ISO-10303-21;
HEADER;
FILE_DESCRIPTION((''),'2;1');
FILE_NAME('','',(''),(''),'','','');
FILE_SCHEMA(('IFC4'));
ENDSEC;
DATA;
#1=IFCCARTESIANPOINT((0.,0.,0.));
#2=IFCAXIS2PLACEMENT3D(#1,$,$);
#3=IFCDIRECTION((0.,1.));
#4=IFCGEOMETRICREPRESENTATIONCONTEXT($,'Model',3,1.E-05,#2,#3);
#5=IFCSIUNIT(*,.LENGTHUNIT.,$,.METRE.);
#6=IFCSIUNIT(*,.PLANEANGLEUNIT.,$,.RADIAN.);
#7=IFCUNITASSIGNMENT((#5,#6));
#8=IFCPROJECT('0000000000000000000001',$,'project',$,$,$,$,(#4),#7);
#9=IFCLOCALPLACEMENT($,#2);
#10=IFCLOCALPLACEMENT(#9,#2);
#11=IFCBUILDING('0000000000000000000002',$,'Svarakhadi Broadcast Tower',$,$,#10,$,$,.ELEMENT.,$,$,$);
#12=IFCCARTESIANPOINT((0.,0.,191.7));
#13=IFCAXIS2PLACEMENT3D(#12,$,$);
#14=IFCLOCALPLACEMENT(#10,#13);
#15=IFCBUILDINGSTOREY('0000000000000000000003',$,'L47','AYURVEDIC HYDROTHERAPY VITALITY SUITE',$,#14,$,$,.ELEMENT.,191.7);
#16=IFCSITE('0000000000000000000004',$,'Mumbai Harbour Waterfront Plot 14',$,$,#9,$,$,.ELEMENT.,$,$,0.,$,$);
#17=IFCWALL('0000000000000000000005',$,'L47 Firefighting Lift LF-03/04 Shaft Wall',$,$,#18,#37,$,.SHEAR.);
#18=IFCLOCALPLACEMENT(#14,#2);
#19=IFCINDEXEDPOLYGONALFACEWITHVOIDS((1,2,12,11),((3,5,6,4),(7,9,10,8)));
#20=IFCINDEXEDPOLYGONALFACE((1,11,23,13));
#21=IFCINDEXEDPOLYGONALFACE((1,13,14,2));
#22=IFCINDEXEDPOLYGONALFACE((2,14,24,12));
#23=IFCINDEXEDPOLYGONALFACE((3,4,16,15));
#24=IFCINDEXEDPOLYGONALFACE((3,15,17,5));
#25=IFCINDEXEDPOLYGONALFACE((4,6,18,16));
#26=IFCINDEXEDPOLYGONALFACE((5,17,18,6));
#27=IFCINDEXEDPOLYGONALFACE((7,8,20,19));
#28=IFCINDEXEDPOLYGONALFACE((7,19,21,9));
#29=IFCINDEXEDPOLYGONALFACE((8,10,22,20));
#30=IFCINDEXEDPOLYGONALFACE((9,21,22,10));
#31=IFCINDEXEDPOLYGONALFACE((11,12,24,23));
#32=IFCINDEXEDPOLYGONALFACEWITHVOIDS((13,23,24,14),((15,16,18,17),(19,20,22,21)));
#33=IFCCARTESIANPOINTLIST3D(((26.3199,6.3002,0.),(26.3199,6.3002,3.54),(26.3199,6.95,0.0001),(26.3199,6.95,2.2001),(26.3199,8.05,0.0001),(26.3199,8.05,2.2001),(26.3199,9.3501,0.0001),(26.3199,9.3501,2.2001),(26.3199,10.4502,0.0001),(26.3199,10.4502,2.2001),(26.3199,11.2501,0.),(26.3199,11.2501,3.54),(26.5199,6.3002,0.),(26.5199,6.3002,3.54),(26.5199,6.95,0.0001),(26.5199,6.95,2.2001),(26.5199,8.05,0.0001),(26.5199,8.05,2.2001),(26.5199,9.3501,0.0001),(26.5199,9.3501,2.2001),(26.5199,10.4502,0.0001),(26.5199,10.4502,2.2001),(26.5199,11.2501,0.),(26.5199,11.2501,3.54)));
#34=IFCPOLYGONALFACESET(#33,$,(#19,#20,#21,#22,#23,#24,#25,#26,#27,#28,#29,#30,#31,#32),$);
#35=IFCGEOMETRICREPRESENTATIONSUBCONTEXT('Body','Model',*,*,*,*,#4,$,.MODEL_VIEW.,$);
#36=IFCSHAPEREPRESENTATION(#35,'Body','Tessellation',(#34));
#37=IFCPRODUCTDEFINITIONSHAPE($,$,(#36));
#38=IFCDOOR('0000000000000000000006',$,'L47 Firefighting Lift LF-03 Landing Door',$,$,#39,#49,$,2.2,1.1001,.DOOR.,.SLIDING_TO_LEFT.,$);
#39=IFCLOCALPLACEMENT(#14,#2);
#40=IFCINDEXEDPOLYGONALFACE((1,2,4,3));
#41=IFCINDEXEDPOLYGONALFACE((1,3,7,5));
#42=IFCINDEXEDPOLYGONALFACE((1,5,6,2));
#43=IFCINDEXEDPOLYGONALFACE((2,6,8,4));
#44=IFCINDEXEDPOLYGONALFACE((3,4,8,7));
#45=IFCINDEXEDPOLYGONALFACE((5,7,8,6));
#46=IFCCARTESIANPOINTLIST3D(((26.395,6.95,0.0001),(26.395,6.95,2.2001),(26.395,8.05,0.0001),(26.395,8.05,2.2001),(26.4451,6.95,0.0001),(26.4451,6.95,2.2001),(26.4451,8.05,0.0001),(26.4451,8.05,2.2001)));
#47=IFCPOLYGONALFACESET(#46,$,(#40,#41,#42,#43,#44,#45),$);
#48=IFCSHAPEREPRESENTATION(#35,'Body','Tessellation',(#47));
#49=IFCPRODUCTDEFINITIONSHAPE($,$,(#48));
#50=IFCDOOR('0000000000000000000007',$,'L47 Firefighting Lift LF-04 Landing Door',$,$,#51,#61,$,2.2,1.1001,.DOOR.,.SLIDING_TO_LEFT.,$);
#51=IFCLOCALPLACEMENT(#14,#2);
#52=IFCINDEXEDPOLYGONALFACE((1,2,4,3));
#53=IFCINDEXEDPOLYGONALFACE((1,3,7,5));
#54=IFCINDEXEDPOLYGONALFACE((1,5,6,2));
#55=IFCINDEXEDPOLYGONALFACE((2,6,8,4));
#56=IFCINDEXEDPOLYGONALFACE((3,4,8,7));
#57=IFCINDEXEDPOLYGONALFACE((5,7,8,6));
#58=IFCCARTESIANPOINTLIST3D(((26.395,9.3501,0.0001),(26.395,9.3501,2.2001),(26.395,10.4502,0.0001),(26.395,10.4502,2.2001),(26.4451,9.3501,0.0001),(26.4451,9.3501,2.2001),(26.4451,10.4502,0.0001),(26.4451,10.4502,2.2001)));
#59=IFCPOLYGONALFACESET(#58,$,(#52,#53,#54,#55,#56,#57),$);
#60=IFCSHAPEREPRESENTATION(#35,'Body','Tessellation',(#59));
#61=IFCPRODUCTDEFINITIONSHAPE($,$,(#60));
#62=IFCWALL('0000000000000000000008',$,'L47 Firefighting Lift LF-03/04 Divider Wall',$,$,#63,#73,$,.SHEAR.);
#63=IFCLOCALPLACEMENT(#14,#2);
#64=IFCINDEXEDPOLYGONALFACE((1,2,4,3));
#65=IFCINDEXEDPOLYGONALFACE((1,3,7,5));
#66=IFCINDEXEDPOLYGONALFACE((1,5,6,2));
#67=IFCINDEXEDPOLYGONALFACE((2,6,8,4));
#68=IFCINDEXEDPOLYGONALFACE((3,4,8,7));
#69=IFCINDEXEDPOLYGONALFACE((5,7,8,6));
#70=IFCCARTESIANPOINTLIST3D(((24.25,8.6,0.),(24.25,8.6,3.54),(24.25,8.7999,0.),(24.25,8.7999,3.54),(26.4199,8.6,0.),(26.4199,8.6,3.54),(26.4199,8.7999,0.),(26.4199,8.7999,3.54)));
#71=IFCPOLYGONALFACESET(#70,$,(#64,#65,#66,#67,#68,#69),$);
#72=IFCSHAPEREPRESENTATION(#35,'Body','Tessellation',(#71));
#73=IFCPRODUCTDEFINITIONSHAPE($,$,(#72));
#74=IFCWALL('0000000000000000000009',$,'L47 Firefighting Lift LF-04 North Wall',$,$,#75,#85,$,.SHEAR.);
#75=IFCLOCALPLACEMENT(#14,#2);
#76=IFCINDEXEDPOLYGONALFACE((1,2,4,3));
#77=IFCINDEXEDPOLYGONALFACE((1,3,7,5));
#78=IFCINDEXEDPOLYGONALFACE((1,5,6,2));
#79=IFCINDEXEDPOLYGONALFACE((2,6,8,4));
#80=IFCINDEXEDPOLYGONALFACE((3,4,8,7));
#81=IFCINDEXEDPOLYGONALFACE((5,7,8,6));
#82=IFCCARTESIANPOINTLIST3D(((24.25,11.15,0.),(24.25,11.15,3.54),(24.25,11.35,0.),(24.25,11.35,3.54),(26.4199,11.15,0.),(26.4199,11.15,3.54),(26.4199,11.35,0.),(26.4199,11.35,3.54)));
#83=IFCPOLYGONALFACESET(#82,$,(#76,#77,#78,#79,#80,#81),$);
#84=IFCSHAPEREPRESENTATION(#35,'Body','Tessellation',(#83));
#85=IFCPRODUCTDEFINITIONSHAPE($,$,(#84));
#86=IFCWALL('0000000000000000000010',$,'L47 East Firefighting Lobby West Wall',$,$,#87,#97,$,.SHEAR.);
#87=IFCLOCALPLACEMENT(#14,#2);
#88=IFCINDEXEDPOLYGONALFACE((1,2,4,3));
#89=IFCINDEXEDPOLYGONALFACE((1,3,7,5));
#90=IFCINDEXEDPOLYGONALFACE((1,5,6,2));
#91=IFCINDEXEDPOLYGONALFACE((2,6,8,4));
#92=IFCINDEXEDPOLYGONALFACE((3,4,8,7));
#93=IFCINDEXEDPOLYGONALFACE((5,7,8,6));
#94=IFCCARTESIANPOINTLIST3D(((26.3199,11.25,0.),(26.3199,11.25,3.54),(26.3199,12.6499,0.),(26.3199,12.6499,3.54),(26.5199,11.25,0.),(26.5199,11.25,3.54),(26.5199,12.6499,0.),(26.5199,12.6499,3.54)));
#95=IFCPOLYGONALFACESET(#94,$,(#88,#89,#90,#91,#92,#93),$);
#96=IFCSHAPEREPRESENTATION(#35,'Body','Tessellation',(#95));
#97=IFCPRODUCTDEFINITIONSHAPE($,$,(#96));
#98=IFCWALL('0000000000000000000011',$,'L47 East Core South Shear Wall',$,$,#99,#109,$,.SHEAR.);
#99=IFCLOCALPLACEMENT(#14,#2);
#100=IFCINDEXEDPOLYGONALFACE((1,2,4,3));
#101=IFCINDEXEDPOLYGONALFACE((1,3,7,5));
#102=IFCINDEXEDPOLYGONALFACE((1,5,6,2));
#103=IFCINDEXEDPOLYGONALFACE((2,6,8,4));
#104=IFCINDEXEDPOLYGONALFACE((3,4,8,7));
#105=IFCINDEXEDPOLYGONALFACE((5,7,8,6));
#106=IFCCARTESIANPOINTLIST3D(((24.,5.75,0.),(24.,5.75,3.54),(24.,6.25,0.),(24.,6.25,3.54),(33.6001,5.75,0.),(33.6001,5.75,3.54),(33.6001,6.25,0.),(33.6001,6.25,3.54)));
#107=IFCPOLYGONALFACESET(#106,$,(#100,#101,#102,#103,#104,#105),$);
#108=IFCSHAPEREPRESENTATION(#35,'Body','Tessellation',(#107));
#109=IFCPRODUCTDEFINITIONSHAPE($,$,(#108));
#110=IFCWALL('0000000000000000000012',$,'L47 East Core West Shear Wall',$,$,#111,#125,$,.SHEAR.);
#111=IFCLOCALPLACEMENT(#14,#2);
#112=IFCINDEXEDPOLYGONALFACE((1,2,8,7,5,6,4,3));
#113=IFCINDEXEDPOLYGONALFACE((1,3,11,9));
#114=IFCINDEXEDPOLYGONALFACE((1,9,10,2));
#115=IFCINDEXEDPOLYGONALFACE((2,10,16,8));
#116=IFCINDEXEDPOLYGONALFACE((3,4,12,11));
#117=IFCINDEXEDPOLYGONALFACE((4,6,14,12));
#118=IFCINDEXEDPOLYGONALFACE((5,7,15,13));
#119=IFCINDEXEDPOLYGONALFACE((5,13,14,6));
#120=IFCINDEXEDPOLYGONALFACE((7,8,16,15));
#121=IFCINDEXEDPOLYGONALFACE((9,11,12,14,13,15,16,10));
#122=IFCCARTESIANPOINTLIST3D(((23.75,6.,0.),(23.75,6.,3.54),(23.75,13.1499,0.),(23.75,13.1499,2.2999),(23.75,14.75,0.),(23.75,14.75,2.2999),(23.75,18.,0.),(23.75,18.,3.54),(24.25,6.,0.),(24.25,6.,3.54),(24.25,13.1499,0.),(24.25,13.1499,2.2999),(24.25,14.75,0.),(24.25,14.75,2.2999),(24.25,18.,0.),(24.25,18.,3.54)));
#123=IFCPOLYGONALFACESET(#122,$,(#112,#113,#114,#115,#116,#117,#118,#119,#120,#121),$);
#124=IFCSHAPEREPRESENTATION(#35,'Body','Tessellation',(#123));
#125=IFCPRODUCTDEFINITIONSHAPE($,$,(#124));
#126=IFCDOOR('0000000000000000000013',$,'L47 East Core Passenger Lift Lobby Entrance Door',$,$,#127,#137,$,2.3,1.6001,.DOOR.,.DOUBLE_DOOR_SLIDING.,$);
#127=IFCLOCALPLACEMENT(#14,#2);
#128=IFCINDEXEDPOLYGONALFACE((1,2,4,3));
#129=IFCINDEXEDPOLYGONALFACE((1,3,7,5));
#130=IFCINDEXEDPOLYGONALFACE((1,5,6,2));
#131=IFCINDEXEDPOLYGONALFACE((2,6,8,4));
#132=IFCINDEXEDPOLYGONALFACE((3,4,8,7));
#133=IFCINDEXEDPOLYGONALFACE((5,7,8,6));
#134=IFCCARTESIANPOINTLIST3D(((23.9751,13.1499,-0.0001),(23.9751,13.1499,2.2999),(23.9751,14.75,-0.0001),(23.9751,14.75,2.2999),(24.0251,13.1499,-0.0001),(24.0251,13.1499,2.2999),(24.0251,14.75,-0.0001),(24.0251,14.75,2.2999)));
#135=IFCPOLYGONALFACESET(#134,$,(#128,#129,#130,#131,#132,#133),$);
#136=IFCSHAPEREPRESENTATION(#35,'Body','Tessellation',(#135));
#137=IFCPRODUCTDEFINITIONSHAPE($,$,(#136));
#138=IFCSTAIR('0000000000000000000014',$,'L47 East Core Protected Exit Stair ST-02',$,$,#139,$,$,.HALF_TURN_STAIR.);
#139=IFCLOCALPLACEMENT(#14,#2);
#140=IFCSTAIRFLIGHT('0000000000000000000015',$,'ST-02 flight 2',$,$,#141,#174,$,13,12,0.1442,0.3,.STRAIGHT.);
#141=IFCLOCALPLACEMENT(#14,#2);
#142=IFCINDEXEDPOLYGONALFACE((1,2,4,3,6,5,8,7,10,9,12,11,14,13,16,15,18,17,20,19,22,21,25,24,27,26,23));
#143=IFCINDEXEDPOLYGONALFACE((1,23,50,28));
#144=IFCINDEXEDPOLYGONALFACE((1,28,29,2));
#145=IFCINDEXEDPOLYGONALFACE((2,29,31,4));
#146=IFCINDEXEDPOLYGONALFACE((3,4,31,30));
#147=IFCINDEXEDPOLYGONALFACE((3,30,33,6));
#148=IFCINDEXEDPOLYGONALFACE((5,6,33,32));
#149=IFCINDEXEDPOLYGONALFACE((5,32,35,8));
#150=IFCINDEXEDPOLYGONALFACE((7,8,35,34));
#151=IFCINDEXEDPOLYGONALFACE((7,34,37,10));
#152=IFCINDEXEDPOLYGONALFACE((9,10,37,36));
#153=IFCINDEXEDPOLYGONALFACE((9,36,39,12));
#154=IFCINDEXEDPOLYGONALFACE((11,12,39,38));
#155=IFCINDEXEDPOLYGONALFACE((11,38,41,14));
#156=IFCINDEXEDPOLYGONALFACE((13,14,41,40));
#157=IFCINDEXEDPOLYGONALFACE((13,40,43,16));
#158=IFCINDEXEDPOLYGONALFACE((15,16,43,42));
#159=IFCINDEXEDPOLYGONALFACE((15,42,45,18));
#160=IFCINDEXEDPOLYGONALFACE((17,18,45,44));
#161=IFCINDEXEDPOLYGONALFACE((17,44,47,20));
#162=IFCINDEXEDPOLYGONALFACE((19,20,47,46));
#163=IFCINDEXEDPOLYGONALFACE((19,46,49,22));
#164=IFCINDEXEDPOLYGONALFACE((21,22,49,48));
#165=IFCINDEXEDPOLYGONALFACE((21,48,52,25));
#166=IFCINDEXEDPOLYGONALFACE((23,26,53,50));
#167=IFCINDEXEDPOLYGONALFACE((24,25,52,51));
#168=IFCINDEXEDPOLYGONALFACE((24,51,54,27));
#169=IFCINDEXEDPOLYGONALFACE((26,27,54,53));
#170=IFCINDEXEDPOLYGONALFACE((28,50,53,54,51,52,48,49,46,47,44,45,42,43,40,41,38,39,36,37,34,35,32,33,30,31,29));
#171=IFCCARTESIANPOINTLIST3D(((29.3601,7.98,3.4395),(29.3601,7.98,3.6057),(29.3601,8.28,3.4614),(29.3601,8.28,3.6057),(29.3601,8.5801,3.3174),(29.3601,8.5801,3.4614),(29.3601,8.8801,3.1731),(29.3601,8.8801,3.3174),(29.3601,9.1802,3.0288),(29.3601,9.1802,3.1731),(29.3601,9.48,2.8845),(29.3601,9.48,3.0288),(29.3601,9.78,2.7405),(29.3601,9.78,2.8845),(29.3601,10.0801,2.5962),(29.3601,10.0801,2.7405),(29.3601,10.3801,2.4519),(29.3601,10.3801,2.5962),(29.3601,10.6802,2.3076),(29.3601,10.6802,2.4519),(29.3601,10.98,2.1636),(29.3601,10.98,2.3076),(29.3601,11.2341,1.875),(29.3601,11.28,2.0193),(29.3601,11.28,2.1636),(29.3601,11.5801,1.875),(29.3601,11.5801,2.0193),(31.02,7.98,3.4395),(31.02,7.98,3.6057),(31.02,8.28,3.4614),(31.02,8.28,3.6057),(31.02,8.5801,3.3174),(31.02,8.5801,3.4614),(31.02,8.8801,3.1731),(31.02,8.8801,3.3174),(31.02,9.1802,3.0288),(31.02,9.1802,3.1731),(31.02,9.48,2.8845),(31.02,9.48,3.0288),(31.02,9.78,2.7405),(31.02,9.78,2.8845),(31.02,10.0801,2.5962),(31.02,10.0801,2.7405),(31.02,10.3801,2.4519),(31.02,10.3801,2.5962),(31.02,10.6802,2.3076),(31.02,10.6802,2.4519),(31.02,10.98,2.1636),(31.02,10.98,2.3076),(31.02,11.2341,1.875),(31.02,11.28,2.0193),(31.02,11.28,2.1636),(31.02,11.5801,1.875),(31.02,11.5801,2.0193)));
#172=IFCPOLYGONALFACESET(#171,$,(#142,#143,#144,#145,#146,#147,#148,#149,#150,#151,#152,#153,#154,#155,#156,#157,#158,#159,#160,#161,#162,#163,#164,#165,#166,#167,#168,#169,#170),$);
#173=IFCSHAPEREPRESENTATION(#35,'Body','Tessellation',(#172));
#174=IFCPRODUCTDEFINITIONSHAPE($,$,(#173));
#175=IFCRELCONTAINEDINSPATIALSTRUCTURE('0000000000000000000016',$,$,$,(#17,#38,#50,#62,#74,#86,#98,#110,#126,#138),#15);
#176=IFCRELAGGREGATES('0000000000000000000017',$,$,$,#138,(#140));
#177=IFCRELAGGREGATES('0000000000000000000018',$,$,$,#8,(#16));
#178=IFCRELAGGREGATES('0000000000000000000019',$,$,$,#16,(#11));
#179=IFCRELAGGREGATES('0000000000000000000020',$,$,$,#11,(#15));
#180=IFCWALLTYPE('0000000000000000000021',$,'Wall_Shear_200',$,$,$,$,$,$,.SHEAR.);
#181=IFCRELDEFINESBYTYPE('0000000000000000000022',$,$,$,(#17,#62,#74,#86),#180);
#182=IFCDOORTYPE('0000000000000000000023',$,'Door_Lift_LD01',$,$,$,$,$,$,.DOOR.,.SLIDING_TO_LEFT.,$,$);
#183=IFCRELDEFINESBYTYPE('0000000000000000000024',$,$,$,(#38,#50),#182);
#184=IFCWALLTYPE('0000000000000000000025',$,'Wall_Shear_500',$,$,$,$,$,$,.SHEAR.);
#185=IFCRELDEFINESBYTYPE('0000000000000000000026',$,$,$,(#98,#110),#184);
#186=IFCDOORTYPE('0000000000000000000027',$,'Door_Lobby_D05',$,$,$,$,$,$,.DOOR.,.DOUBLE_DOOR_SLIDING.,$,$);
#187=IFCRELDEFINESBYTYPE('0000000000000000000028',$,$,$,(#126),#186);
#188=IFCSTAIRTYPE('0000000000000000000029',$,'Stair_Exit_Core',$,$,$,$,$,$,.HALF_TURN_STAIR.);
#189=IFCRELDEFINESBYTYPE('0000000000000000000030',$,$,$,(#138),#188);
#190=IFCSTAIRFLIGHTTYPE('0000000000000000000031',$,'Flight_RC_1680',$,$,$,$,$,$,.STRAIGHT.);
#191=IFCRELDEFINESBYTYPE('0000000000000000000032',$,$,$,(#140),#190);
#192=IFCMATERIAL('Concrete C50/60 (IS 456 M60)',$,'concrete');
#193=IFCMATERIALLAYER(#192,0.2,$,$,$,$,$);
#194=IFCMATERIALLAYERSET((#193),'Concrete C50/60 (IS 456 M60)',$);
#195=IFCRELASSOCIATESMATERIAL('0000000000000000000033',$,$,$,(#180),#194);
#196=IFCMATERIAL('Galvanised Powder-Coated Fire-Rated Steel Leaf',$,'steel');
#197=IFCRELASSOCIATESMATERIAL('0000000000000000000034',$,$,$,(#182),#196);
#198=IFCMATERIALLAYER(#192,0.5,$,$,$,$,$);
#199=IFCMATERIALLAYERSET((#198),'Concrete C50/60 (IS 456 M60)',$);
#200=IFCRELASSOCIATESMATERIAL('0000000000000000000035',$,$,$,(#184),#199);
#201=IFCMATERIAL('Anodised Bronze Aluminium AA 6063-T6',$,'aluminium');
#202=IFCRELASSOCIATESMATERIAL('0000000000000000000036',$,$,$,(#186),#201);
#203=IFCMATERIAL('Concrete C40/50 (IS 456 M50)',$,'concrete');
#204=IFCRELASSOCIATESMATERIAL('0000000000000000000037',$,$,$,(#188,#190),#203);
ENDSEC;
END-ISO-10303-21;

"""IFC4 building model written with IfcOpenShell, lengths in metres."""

from ifc_helpers import new_model, si_unit, direction, frame, frame_2d, origin, place, context, subcontext, project, spatial, polyline, rectangle, outline, extrude, material, layer, layer_set, type_object, element, fill, aggregate, save


model = new_model("IFC4")

# Units and contexts
model_context = context("Model", 3, precision=1e-05, world=origin(), true_north=direction((0.0, 1.0)))
body_context = subcontext(model_context, "Body", "Model", "MODEL_VIEW")
ifc_project = project(units=[si_unit("LENGTHUNIT", "METRE"), si_unit("PLANEANGLEUNIT", "RADIAN")], contexts=[model_context])

# Site, building, storey
site_placement = place(None, origin())
site = spatial("IfcSite", under=ifc_project, at=site_placement, Name="Mumbai Harbour Waterfront Plot 14", CompositionType="ELEMENT", RefElevation=0.0)
building_placement = place(site_placement, origin())
building = spatial("IfcBuilding", under=site, at=building_placement, Name="Svarakhadi Broadcast Tower", CompositionType="ELEMENT")
storey_placement = place(building_placement, frame((0.0, 0.0, 191.7)))
storey = spatial("IfcBuildingStorey", under=building, at=storey_placement, Name="L47", Description="AYURVEDIC HYDROTHERAPY VITALITY SUITE", CompositionType="ELEMENT", Elevation=191.7)

# Shared definitions
ifc_material_1 = material(Name="Concrete C50/60 (IS 456 M60)", Category="concrete")

# Shared definitions
ifc_layer_1 = layer(ifc_material_1, 0.2)
ifc_layer_set_1 = layer_set([ifc_layer_1], Name="Concrete C50/60 (IS 456 M60)")
wall_type_1 = type_object("IfcWallType", Name="Wall_Shear_200", PredefinedType="SHEAR", material=ifc_layer_set_1)
ifc_material_2 = material(Name="Galvanised Powder-Coated Fire-Rated Steel Leaf", Category="steel")

# Wall, openings, doors
wall_1_placement = place(storey_placement, frame((26.4199, 6.3, 0.0), z_axis=(0.0, 0.0, 1.0), x_axis=(0.0, 1.0, 0.0)))
wall_1 = element("IfcWall", 1, at=wall_1_placement, inside=storey, type_object=wall_type_1, Name="L47 Firefighting Lift LF-03/04 Shaft Wall", PredefinedType="SHEAR", context=body_context, shape_type="SweptSolid", body=[
    extrude(rectangle(XDim=4.95, YDim=0.2, at=frame_2d((2.4751, 0.0))), origin(), (0.0, 0.0, 1.0), 3.54),
])
opening_1_placement = place(wall_1_placement, frame((0.6499, 0.0, 0.0)))
opening_1 = element("IfcOpeningElement", 2, at=opening_1_placement, cuts=wall_1, PredefinedType="OPENING", context=body_context, shape_type="SweptSolid", body=[
    extrude(rectangle(XDim=1.1001, YDim=2.2, at=frame_2d((0.55, 1.1001))), frame((0.0, 0.1099, 0.0), z_axis=(0.0, -1.0, 0.0), x_axis=(1.0, 0.0, 0.0)), (0.0, 0.0, 1.0), 0.22),
])
opening_2_placement = place(wall_1_placement, frame((3.05, 0.0, 0.0)))
opening_2 = element("IfcOpeningElement", 3, at=opening_2_placement, cuts=wall_1, PredefinedType="OPENING", context=body_context, shape_type="SweptSolid", body=[
    extrude(rectangle(XDim=1.1001, YDim=2.2, at=frame_2d((0.55, 1.1001))), frame((0.0, 0.1099, 0.0), z_axis=(0.0, -1.0, 0.0), x_axis=(1.0, 0.0, 0.0)), (0.0, 0.0, 1.0), 0.22),
])
door_type_1 = type_object("IfcDoorType", Name="Door_Lift_LD01", OperationType="SLIDING_TO_LEFT", PredefinedType="DOOR", material=ifc_material_2)
door_1_placement = place(opening_1_placement, origin())
door_1 = element("IfcDoor", 4, at=door_1_placement, inside=storey, type_object=door_type_1, Name="L47 Firefighting Lift LF-03 Landing Door", OperationType="SLIDING_TO_LEFT", OverallHeight=2.2, OverallWidth=1.1001, PredefinedType="DOOR", context=body_context, shape_type="SweptSolid", body=[
    extrude(rectangle(XDim=1.1001, YDim=2.2, at=frame_2d((0.55, 1.1001))), frame((0.0, 0.0249, 0.0), z_axis=(0.0, -1.0, 0.0), x_axis=(1.0, 0.0, 0.0)), (0.0, 0.0, 1.0), 0.05),
])
fill(opening_1, door_1)
door_2_placement = place(opening_2_placement, origin())
door_2 = element("IfcDoor", 5, at=door_2_placement, inside=storey, type_object=door_type_1, Name="L47 Firefighting Lift LF-04 Landing Door", OperationType="SLIDING_TO_LEFT", OverallHeight=2.2, OverallWidth=1.1001, PredefinedType="DOOR", context=body_context, shape_type="SweptSolid", body=[
    extrude(rectangle(XDim=1.1001, YDim=2.2, at=frame_2d((0.55, 1.1001))), frame((0.0, 0.0249, 0.0), z_axis=(0.0, -1.0, 0.0), x_axis=(1.0, 0.0, 0.0)), (0.0, 0.0, 1.0), 0.05),
])
fill(opening_2, door_2)

# Walls
for number, where, z_axis, x_axis, name in (
    (6, (24.25, 8.7, 0.0), (0.0, 0.0, 1.0), (1.0, 0.0, 0.0), "L47 Firefighting Lift LF-03/04 Divider Wall"),
    (7, (24.25, 11.25, 0.0), (0.0, 0.0, 1.0), (1.0, 0.0, 0.0), "L47 Firefighting Lift LF-04 North Wall"),
):
    element("IfcWall", number, at=place(storey_placement, frame(where, z_axis=z_axis, x_axis=x_axis)), inside=storey, type_object=wall_type_1, Name=name, PredefinedType="SHEAR", context=body_context, shape_type="SweptSolid", body=[
        extrude(rectangle(XDim=2.1699, YDim=0.2, at=frame_2d((1.085, 0.0))), origin(), (0.0, 0.0, 1.0), 3.54),
    ])
wall_2_placement = place(storey_placement, frame((26.4199, 11.25, 0.0), z_axis=(0.0, 0.0, 1.0), x_axis=(0.0, 1.0, 0.0)))
element("IfcWall", 8, at=wall_2_placement, inside=storey, type_object=wall_type_1, Name="L47 East Firefighting Lobby West Wall", PredefinedType="SHEAR", context=body_context, shape_type="SweptSolid", body=[
    extrude(rectangle(XDim=1.3999, YDim=0.2, at=frame_2d((0.7, 0.0))), origin(), (0.0, 0.0, 1.0), 3.54),
])
ifc_layer_2 = layer(ifc_material_1, 0.5)
ifc_layer_set_2 = layer_set([ifc_layer_2], Name="Concrete C50/60 (IS 456 M60)")
wall_type_2 = type_object("IfcWallType", Name="Wall_Shear_500", PredefinedType="SHEAR", material=ifc_layer_set_2)
wall_3_placement = place(storey_placement, frame((24.0, 6.0, 0.0), z_axis=(0.0, 0.0, 1.0), x_axis=(1.0, 0.0, 0.0)))
element("IfcWall", 9, at=wall_3_placement, inside=storey, type_object=wall_type_2, Name="L47 East Core South Shear Wall", PredefinedType="SHEAR", context=body_context, shape_type="SweptSolid", body=[
    extrude(rectangle(XDim=9.6001, YDim=0.5, at=frame_2d((4.8, 0.0))), origin(), (0.0, 0.0, 1.0), 3.54),
])

# Wall, opening, door
wall_4_placement = place(storey_placement, frame((24.0, 6.0, 0.0), z_axis=(0.0, 0.0, 1.0), x_axis=(0.0, 1.0, 0.0)))
wall_4 = element("IfcWall", 10, at=wall_4_placement, inside=storey, type_object=wall_type_2, Name="L47 East Core West Shear Wall", PredefinedType="SHEAR", context=body_context, shape_type="SweptSolid", body=[
    extrude(rectangle(XDim=12.0, YDim=0.5, at=frame_2d((6.0, 0.0))), origin(), (0.0, 0.0, 1.0), 3.54),
])
opening_3_placement = place(wall_4_placement, frame((7.1499, 0.0, 0.0)))
opening_3 = element("IfcOpeningElement", 11, at=opening_3_placement, cuts=wall_4, PredefinedType="OPENING", context=body_context, shape_type="SweptSolid", body=[
    extrude(rectangle(XDim=1.6001, YDim=2.3, at=frame_2d((0.8, 1.1499))), frame((0.0, 0.26, 0.0), z_axis=(0.0, -1.0, 0.0), x_axis=(1.0, 0.0, 0.0)), (0.0, 0.0, 1.0), 0.52),
])
ifc_material_3 = material(Name="Anodised Bronze Aluminium AA 6063-T6", Category="aluminium")
door_type_2 = type_object("IfcDoorType", Name="Door_Lobby_D05", OperationType="DOUBLE_DOOR_SLIDING", PredefinedType="DOOR", material=ifc_material_3)
door_3_placement = place(opening_3_placement, origin())
door_3 = element("IfcDoor", 12, at=door_3_placement, inside=storey, type_object=door_type_2, Name="L47 East Core Passenger Lift Lobby Entrance Door", OperationType="DOUBLE_DOOR_SLIDING", OverallHeight=2.3, OverallWidth=1.6001, PredefinedType="DOOR", context=body_context, shape_type="SweptSolid", body=[
    extrude(rectangle(XDim=1.6001, YDim=2.3, at=frame_2d((0.8, 1.1499))), frame((0.0, 0.0249, 0.0), z_axis=(0.0, -1.0, 0.0), x_axis=(1.0, 0.0, 0.0)), (0.0, 0.0, 1.0), 0.05),
])
fill(opening_3, door_3)

# Stair, stair flight
ifc_material_4 = material(Name="Concrete C40/50 (IS 456 M50)", Category="concrete")
stair_type = type_object("IfcStairType", Name="Stair_Exit_Core", PredefinedType="HALF_TURN_STAIR", material=ifc_material_4)
stair_placement = place(storey_placement, origin())
stair = element("IfcStair", 13, at=stair_placement, inside=storey, type_object=stair_type, Name="L47 East Core Protected Exit Stair ST-02", PredefinedType="HALF_TURN_STAIR")
stair_flight_type = type_object("IfcStairFlightType", Name="Flight_RC_1680", PredefinedType="STRAIGHT", material=ifc_material_4)
stair_flight_placement = place(storey_placement, frame((30.1899, 11.5801, 1.875), z_axis=(0.0, 0.0, 1.0), x_axis=(0.0, -1.0, 0.0)))
stair_flight = element("IfcStairFlight", 14, at=stair_flight_placement, type_object=stair_flight_type, Name="ST-02 flight 2", NumberOfRisers=13, NumberOfTreads=12, PredefinedType="STRAIGHT", RiserHeight=0.1442, TreadLength=0.3, context=body_context, shape_type="SweptSolid", body=[
    extrude(outline(polyline([(0.0, 0.0), (0.0, 0.1443), (0.3, 0.1443), (0.3, 0.2886), (0.6001, 0.2886), (0.6001, 0.4326), (0.8999, 0.4326), (0.8999, 0.5769), (1.2, 0.5769), (1.2, 0.7212), (1.5, 0.7212), (1.5, 0.8655), (1.8, 0.8655), (1.8, 1.0095), (2.1001, 1.0095), (2.1001, 1.1538), (2.3999, 1.1538), (2.3999, 1.2981), (2.7, 1.2981), (2.7, 1.4424), (3.0, 1.4424), (3.0, 1.5864), (3.3, 1.5864), (3.3, 1.7307), (3.6001, 1.7307), (3.6001, 1.875), (3.6001, 1.5645), (0.3459, 0.0), (0.0, 0.0)])), frame((0.0, 0.8301, 0.0), z_axis=(0.0, -1.0, 0.0), x_axis=(1.0, 0.0, 0.0)), (0.0, 0.0, 1.0), 1.6599),
])
aggregate(stair, [stair_flight])

save(model, "model.ifc")
